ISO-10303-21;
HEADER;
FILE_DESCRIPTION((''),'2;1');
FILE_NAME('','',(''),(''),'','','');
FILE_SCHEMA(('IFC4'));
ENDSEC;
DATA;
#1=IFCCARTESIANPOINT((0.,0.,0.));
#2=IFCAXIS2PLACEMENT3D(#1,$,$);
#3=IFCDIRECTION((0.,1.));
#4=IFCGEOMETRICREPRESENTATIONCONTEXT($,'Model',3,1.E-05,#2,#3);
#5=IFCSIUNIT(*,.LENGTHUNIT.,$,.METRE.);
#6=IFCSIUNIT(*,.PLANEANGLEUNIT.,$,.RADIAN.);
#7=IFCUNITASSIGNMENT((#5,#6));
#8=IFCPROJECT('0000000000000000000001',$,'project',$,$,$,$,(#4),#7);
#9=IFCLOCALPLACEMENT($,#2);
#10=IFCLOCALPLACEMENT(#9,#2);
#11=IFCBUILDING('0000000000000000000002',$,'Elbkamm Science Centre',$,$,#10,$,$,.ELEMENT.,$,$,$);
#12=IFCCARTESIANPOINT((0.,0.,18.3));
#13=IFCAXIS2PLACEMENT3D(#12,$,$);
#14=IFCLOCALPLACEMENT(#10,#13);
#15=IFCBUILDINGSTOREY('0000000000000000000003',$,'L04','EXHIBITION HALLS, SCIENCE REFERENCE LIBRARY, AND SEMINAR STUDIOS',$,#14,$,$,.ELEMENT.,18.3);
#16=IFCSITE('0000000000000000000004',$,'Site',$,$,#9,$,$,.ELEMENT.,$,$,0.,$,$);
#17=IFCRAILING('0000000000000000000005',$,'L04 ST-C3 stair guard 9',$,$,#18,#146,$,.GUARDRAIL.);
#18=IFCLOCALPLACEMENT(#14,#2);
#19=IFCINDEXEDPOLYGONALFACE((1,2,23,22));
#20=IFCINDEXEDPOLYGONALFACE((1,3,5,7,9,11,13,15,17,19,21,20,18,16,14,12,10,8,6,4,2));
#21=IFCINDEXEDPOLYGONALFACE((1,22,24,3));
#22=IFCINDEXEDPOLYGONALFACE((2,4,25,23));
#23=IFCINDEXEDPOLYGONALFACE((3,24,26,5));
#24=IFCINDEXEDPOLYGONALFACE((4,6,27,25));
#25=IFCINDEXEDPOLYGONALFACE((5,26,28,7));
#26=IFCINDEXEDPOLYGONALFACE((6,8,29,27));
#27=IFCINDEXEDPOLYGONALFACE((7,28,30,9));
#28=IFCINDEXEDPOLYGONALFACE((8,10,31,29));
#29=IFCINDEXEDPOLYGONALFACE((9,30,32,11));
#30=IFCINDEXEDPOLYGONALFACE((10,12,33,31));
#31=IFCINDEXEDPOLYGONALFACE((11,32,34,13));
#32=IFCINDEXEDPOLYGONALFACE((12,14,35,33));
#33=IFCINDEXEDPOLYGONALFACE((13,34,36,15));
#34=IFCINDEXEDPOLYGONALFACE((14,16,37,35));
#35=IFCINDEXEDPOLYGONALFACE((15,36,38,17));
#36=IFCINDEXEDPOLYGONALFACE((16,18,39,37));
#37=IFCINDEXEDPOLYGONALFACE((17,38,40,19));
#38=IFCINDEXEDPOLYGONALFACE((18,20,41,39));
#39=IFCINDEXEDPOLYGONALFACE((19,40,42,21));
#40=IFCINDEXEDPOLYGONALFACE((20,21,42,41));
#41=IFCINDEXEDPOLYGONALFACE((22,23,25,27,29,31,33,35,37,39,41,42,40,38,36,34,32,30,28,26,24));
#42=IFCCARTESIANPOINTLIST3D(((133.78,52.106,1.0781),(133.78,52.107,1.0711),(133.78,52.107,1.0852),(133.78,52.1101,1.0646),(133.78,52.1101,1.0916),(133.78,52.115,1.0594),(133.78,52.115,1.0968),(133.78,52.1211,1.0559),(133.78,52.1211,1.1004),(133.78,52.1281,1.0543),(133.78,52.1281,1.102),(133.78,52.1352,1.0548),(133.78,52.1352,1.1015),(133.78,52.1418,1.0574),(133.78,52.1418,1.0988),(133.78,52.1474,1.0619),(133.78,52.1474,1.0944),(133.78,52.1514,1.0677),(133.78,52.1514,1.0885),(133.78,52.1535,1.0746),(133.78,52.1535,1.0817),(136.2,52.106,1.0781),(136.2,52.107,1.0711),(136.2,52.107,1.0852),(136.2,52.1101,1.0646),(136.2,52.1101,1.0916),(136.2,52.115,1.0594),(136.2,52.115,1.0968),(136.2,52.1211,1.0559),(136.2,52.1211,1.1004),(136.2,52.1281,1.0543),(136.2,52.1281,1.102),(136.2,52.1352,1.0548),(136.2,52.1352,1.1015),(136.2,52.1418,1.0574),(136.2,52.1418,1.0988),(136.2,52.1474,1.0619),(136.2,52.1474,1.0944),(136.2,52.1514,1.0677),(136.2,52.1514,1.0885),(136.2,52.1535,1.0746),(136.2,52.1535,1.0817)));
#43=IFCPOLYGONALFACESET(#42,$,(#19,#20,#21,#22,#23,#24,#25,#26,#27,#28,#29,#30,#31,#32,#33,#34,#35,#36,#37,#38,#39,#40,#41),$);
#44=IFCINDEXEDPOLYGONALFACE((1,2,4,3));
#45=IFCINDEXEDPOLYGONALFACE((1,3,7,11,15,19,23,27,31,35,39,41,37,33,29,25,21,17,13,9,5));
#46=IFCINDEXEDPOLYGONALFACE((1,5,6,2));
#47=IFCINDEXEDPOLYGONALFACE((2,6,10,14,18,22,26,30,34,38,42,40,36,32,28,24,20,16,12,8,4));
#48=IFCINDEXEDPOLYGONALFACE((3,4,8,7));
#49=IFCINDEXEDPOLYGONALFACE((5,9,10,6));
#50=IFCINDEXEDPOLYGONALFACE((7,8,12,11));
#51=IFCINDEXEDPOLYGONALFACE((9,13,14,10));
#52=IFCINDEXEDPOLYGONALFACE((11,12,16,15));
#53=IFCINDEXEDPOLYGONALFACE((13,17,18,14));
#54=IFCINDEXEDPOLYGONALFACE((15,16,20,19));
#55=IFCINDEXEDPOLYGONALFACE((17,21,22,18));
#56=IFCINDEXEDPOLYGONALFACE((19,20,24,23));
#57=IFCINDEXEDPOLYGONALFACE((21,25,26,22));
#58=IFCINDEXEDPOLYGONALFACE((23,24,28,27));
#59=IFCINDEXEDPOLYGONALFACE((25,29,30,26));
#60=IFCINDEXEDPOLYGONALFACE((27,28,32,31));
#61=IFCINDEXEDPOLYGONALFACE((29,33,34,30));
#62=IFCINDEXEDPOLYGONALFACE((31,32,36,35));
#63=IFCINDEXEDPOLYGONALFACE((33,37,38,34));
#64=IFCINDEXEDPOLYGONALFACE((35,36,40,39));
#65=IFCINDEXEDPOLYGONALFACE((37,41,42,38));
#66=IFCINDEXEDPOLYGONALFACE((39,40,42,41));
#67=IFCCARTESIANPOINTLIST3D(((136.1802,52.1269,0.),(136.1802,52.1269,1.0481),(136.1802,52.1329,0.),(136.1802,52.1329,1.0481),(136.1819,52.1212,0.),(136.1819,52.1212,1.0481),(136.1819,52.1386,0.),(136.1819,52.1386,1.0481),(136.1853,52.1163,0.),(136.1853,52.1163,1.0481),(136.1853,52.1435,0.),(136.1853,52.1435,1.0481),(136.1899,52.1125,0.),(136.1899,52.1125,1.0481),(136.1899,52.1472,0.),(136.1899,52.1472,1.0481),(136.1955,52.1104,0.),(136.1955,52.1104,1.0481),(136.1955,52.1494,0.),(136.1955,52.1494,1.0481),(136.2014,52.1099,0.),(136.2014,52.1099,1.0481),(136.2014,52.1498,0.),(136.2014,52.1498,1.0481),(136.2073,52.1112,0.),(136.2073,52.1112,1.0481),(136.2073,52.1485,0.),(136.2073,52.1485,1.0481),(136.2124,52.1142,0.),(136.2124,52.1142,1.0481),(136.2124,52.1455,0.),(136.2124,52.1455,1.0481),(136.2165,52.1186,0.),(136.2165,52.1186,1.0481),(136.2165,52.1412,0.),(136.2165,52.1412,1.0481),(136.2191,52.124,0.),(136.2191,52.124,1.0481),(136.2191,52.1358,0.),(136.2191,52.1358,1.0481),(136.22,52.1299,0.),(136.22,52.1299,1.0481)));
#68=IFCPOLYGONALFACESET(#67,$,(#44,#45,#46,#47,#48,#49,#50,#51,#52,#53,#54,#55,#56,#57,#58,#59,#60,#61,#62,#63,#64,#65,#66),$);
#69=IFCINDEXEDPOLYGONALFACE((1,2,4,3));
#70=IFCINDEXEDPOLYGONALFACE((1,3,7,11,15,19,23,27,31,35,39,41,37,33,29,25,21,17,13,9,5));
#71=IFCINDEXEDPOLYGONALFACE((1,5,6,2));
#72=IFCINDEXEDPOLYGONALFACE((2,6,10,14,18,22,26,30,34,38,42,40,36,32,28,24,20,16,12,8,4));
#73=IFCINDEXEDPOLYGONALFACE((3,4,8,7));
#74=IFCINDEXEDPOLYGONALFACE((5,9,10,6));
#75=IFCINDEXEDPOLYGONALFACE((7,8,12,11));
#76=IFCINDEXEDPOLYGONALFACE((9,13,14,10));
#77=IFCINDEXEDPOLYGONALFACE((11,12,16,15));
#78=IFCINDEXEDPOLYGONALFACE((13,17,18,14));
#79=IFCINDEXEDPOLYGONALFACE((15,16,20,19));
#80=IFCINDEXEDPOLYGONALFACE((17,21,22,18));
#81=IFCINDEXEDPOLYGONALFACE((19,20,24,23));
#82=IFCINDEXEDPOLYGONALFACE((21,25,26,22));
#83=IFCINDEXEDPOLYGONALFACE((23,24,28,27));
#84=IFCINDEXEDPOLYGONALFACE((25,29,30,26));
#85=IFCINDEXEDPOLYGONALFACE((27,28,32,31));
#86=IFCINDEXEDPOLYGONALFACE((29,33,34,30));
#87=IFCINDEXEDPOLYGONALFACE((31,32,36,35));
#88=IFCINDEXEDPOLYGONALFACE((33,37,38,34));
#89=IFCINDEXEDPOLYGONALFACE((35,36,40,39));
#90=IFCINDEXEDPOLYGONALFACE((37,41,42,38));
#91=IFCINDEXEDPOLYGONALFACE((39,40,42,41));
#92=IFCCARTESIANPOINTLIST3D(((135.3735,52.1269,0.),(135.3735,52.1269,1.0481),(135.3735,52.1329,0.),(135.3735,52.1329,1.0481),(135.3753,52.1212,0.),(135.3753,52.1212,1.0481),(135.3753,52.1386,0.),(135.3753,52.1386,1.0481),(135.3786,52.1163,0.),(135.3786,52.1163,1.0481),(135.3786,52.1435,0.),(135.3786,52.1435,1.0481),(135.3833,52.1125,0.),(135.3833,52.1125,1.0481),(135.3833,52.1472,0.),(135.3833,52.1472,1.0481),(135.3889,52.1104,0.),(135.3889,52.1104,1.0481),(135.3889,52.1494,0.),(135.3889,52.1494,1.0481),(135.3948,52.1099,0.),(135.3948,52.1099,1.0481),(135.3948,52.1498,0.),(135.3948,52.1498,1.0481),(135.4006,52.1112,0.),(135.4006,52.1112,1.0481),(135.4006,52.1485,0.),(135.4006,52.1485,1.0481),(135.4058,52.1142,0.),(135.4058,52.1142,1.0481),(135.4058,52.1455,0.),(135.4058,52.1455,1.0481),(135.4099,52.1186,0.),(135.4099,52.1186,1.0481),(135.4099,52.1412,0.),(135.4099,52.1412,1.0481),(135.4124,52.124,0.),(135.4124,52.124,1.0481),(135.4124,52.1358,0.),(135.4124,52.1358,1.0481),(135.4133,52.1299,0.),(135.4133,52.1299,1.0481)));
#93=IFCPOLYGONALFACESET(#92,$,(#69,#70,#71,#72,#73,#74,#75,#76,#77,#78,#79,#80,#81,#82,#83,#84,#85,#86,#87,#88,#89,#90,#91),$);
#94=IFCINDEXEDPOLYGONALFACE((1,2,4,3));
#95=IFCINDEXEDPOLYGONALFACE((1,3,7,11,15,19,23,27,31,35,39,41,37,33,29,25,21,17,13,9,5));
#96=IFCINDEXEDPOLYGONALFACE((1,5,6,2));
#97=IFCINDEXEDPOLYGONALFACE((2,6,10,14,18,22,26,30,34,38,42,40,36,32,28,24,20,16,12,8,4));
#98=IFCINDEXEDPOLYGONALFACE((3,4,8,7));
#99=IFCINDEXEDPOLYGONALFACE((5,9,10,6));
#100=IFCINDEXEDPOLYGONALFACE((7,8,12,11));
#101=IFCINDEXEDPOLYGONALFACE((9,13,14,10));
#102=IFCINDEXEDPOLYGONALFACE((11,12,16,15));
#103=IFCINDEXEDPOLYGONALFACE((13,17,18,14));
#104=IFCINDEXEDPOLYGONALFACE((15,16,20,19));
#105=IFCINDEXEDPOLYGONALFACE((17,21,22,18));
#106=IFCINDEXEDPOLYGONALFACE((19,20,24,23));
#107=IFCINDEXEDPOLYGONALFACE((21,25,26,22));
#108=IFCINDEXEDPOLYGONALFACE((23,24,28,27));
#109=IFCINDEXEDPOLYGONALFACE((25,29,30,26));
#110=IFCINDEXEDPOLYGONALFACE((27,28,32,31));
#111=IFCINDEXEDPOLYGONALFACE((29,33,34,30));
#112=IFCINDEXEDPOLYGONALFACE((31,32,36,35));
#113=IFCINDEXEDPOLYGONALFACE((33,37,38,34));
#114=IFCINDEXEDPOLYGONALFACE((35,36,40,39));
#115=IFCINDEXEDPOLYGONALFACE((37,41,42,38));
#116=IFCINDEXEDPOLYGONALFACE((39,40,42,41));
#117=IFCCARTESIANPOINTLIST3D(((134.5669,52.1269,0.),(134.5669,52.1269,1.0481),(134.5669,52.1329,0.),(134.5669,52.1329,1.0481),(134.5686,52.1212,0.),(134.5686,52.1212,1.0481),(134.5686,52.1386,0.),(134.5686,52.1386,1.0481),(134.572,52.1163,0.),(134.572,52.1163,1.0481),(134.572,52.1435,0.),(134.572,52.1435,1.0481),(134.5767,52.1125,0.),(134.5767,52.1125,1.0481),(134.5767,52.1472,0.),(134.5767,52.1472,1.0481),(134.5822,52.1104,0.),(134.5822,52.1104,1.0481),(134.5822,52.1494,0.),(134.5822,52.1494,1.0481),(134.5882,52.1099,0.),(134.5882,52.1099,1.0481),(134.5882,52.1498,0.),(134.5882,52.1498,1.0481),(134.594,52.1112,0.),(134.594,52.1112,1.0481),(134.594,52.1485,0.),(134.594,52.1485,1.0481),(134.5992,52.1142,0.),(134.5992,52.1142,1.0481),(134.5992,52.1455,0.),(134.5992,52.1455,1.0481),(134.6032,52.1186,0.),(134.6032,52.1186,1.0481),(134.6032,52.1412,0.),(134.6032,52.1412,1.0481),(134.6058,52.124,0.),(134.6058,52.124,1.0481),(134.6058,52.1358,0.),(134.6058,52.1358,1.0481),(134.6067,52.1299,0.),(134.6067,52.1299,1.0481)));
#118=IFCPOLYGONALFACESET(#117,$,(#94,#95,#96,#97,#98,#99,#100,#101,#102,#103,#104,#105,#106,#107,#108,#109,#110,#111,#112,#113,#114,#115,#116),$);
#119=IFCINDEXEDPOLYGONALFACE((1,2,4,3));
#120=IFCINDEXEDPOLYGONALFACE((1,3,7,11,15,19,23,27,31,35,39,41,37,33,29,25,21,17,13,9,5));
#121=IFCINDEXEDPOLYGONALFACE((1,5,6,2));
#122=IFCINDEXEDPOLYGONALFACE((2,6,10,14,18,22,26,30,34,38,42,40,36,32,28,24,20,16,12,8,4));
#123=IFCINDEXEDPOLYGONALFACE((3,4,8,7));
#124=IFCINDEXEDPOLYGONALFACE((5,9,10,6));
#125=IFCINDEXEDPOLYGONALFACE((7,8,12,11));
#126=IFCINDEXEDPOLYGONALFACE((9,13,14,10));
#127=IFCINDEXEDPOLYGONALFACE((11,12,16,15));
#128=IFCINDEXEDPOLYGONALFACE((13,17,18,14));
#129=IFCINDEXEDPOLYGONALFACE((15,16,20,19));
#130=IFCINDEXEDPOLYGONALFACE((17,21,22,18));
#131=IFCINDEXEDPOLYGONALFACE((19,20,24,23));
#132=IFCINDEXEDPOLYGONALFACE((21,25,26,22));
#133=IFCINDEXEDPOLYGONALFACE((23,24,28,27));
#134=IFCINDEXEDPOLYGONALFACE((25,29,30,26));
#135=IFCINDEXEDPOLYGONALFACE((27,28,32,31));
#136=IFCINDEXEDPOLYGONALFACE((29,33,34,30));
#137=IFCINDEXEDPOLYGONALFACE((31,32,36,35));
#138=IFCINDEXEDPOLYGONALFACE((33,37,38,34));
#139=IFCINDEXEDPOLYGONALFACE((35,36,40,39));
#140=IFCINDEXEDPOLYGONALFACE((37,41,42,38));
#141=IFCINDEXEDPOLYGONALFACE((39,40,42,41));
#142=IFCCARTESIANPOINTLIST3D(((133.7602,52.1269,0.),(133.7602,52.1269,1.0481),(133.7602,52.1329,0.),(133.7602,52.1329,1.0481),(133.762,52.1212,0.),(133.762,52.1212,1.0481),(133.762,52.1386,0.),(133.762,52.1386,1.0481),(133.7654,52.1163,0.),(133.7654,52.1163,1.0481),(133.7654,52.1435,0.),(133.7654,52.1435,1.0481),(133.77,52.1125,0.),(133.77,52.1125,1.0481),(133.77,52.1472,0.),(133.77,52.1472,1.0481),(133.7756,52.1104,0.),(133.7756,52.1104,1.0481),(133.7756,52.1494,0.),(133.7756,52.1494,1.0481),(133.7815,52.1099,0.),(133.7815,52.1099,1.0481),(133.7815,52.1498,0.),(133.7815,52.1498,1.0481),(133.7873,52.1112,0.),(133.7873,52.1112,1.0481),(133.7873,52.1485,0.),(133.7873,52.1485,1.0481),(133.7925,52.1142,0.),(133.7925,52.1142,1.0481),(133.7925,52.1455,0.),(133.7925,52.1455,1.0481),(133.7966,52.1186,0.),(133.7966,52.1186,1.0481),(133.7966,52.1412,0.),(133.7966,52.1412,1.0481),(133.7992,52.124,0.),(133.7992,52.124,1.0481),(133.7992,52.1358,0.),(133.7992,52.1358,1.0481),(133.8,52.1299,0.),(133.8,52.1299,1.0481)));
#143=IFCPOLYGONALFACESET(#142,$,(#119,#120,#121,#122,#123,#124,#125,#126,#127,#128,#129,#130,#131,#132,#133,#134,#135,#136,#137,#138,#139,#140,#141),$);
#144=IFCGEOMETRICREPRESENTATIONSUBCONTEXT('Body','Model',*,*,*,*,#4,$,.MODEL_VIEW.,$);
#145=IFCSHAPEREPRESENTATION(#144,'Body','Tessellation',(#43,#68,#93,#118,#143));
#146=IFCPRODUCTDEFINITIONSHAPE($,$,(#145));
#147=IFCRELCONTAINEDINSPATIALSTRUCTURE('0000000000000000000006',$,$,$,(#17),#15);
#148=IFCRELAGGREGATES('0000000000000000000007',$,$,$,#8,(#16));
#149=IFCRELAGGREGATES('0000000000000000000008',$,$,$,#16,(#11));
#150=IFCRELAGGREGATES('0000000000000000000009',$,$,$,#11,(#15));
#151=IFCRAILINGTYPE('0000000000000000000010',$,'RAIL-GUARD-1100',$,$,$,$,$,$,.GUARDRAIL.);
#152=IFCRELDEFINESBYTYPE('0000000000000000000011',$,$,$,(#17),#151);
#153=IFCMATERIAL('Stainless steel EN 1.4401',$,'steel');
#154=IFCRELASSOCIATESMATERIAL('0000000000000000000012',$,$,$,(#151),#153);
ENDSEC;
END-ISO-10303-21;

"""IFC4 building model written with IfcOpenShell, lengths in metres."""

from ifc_helpers import new_model, si_unit, direction, frame, origin, origin_2d, place, context, subcontext, project, spatial, circle, extrude, material, type_object, element, save


model = new_model("IFC4")

# Units and contexts
model_context = context("Model", 3, precision=1e-05, world=origin(), true_north=direction((0.0, 1.0)))
body_context = subcontext(model_context, "Body", "Model", "MODEL_VIEW")
ifc_project = project(units=[si_unit("LENGTHUNIT", "METRE"), si_unit("PLANEANGLEUNIT", "RADIAN")], contexts=[model_context])

# Site, building, storey
site_placement = place(None, origin())
site = spatial("IfcSite", under=ifc_project, at=site_placement, Name="Site", CompositionType="ELEMENT", RefElevation=0.0)
building_placement = place(site_placement, origin())
building = spatial("IfcBuilding", under=site, at=building_placement, Name="Elbkamm Science Centre", CompositionType="ELEMENT")
storey_placement = place(building_placement, frame((0.0, 0.0, 18.3)))
storey = spatial("IfcBuildingStorey", under=building, at=storey_placement, Name="L04", Description="EXHIBITION HALLS, SCIENCE REFERENCE LIBRARY, AND SEMINAR STUDIOS", CompositionType="ELEMENT", Elevation=18.3)

# Railing
ifc_material_1 = material(Name="Stainless steel EN 1.4401", Category="steel")
railing_type_1 = type_object("IfcRailingType", Name="RAIL-GUARD-1100", PredefinedType="GUARDRAIL", material=ifc_material_1)
for number, where, name in (
    (1, (136.2, 52.1299, 0.0), "L04 ST-C3 stair guard 9"),
):
    element("IfcRailing", number, at=place(storey_placement, frame(where)), inside=storey, type_object=railing_type_1, Name=name, PredefinedType="GUARDRAIL", context=body_context, shape_type="SweptSolid", body=[
        extrude(circle(Radius=0.0239, at=origin_2d()), frame((0.0, 0.0, 1.0781), z_axis=(-1.0, 0.0, 0.0), x_axis=(0.0, -1.0, 0.0)), (0.0, 0.0, 1.0), 2.4199),
        extrude(circle(Radius=0.02, at=origin_2d()), origin(), (0.0, 0.0, 1.0), 1.0481),
        extrude(circle(Radius=0.02, at=origin_2d()), frame((-0.8066, 0.0, 0.0)), (0.0, 0.0, 1.0), 1.0481),
        extrude(circle(Radius=0.02, at=origin_2d()), frame((-1.6133, 0.0, 0.0)), (0.0, 0.0, 1.0), 1.0481),
        extrude(circle(Radius=0.02, at=origin_2d()), frame((-2.4199, 0.0, 0.0)), (0.0, 0.0, 1.0), 1.0481),
    ])

save(model, "model.ifc")
